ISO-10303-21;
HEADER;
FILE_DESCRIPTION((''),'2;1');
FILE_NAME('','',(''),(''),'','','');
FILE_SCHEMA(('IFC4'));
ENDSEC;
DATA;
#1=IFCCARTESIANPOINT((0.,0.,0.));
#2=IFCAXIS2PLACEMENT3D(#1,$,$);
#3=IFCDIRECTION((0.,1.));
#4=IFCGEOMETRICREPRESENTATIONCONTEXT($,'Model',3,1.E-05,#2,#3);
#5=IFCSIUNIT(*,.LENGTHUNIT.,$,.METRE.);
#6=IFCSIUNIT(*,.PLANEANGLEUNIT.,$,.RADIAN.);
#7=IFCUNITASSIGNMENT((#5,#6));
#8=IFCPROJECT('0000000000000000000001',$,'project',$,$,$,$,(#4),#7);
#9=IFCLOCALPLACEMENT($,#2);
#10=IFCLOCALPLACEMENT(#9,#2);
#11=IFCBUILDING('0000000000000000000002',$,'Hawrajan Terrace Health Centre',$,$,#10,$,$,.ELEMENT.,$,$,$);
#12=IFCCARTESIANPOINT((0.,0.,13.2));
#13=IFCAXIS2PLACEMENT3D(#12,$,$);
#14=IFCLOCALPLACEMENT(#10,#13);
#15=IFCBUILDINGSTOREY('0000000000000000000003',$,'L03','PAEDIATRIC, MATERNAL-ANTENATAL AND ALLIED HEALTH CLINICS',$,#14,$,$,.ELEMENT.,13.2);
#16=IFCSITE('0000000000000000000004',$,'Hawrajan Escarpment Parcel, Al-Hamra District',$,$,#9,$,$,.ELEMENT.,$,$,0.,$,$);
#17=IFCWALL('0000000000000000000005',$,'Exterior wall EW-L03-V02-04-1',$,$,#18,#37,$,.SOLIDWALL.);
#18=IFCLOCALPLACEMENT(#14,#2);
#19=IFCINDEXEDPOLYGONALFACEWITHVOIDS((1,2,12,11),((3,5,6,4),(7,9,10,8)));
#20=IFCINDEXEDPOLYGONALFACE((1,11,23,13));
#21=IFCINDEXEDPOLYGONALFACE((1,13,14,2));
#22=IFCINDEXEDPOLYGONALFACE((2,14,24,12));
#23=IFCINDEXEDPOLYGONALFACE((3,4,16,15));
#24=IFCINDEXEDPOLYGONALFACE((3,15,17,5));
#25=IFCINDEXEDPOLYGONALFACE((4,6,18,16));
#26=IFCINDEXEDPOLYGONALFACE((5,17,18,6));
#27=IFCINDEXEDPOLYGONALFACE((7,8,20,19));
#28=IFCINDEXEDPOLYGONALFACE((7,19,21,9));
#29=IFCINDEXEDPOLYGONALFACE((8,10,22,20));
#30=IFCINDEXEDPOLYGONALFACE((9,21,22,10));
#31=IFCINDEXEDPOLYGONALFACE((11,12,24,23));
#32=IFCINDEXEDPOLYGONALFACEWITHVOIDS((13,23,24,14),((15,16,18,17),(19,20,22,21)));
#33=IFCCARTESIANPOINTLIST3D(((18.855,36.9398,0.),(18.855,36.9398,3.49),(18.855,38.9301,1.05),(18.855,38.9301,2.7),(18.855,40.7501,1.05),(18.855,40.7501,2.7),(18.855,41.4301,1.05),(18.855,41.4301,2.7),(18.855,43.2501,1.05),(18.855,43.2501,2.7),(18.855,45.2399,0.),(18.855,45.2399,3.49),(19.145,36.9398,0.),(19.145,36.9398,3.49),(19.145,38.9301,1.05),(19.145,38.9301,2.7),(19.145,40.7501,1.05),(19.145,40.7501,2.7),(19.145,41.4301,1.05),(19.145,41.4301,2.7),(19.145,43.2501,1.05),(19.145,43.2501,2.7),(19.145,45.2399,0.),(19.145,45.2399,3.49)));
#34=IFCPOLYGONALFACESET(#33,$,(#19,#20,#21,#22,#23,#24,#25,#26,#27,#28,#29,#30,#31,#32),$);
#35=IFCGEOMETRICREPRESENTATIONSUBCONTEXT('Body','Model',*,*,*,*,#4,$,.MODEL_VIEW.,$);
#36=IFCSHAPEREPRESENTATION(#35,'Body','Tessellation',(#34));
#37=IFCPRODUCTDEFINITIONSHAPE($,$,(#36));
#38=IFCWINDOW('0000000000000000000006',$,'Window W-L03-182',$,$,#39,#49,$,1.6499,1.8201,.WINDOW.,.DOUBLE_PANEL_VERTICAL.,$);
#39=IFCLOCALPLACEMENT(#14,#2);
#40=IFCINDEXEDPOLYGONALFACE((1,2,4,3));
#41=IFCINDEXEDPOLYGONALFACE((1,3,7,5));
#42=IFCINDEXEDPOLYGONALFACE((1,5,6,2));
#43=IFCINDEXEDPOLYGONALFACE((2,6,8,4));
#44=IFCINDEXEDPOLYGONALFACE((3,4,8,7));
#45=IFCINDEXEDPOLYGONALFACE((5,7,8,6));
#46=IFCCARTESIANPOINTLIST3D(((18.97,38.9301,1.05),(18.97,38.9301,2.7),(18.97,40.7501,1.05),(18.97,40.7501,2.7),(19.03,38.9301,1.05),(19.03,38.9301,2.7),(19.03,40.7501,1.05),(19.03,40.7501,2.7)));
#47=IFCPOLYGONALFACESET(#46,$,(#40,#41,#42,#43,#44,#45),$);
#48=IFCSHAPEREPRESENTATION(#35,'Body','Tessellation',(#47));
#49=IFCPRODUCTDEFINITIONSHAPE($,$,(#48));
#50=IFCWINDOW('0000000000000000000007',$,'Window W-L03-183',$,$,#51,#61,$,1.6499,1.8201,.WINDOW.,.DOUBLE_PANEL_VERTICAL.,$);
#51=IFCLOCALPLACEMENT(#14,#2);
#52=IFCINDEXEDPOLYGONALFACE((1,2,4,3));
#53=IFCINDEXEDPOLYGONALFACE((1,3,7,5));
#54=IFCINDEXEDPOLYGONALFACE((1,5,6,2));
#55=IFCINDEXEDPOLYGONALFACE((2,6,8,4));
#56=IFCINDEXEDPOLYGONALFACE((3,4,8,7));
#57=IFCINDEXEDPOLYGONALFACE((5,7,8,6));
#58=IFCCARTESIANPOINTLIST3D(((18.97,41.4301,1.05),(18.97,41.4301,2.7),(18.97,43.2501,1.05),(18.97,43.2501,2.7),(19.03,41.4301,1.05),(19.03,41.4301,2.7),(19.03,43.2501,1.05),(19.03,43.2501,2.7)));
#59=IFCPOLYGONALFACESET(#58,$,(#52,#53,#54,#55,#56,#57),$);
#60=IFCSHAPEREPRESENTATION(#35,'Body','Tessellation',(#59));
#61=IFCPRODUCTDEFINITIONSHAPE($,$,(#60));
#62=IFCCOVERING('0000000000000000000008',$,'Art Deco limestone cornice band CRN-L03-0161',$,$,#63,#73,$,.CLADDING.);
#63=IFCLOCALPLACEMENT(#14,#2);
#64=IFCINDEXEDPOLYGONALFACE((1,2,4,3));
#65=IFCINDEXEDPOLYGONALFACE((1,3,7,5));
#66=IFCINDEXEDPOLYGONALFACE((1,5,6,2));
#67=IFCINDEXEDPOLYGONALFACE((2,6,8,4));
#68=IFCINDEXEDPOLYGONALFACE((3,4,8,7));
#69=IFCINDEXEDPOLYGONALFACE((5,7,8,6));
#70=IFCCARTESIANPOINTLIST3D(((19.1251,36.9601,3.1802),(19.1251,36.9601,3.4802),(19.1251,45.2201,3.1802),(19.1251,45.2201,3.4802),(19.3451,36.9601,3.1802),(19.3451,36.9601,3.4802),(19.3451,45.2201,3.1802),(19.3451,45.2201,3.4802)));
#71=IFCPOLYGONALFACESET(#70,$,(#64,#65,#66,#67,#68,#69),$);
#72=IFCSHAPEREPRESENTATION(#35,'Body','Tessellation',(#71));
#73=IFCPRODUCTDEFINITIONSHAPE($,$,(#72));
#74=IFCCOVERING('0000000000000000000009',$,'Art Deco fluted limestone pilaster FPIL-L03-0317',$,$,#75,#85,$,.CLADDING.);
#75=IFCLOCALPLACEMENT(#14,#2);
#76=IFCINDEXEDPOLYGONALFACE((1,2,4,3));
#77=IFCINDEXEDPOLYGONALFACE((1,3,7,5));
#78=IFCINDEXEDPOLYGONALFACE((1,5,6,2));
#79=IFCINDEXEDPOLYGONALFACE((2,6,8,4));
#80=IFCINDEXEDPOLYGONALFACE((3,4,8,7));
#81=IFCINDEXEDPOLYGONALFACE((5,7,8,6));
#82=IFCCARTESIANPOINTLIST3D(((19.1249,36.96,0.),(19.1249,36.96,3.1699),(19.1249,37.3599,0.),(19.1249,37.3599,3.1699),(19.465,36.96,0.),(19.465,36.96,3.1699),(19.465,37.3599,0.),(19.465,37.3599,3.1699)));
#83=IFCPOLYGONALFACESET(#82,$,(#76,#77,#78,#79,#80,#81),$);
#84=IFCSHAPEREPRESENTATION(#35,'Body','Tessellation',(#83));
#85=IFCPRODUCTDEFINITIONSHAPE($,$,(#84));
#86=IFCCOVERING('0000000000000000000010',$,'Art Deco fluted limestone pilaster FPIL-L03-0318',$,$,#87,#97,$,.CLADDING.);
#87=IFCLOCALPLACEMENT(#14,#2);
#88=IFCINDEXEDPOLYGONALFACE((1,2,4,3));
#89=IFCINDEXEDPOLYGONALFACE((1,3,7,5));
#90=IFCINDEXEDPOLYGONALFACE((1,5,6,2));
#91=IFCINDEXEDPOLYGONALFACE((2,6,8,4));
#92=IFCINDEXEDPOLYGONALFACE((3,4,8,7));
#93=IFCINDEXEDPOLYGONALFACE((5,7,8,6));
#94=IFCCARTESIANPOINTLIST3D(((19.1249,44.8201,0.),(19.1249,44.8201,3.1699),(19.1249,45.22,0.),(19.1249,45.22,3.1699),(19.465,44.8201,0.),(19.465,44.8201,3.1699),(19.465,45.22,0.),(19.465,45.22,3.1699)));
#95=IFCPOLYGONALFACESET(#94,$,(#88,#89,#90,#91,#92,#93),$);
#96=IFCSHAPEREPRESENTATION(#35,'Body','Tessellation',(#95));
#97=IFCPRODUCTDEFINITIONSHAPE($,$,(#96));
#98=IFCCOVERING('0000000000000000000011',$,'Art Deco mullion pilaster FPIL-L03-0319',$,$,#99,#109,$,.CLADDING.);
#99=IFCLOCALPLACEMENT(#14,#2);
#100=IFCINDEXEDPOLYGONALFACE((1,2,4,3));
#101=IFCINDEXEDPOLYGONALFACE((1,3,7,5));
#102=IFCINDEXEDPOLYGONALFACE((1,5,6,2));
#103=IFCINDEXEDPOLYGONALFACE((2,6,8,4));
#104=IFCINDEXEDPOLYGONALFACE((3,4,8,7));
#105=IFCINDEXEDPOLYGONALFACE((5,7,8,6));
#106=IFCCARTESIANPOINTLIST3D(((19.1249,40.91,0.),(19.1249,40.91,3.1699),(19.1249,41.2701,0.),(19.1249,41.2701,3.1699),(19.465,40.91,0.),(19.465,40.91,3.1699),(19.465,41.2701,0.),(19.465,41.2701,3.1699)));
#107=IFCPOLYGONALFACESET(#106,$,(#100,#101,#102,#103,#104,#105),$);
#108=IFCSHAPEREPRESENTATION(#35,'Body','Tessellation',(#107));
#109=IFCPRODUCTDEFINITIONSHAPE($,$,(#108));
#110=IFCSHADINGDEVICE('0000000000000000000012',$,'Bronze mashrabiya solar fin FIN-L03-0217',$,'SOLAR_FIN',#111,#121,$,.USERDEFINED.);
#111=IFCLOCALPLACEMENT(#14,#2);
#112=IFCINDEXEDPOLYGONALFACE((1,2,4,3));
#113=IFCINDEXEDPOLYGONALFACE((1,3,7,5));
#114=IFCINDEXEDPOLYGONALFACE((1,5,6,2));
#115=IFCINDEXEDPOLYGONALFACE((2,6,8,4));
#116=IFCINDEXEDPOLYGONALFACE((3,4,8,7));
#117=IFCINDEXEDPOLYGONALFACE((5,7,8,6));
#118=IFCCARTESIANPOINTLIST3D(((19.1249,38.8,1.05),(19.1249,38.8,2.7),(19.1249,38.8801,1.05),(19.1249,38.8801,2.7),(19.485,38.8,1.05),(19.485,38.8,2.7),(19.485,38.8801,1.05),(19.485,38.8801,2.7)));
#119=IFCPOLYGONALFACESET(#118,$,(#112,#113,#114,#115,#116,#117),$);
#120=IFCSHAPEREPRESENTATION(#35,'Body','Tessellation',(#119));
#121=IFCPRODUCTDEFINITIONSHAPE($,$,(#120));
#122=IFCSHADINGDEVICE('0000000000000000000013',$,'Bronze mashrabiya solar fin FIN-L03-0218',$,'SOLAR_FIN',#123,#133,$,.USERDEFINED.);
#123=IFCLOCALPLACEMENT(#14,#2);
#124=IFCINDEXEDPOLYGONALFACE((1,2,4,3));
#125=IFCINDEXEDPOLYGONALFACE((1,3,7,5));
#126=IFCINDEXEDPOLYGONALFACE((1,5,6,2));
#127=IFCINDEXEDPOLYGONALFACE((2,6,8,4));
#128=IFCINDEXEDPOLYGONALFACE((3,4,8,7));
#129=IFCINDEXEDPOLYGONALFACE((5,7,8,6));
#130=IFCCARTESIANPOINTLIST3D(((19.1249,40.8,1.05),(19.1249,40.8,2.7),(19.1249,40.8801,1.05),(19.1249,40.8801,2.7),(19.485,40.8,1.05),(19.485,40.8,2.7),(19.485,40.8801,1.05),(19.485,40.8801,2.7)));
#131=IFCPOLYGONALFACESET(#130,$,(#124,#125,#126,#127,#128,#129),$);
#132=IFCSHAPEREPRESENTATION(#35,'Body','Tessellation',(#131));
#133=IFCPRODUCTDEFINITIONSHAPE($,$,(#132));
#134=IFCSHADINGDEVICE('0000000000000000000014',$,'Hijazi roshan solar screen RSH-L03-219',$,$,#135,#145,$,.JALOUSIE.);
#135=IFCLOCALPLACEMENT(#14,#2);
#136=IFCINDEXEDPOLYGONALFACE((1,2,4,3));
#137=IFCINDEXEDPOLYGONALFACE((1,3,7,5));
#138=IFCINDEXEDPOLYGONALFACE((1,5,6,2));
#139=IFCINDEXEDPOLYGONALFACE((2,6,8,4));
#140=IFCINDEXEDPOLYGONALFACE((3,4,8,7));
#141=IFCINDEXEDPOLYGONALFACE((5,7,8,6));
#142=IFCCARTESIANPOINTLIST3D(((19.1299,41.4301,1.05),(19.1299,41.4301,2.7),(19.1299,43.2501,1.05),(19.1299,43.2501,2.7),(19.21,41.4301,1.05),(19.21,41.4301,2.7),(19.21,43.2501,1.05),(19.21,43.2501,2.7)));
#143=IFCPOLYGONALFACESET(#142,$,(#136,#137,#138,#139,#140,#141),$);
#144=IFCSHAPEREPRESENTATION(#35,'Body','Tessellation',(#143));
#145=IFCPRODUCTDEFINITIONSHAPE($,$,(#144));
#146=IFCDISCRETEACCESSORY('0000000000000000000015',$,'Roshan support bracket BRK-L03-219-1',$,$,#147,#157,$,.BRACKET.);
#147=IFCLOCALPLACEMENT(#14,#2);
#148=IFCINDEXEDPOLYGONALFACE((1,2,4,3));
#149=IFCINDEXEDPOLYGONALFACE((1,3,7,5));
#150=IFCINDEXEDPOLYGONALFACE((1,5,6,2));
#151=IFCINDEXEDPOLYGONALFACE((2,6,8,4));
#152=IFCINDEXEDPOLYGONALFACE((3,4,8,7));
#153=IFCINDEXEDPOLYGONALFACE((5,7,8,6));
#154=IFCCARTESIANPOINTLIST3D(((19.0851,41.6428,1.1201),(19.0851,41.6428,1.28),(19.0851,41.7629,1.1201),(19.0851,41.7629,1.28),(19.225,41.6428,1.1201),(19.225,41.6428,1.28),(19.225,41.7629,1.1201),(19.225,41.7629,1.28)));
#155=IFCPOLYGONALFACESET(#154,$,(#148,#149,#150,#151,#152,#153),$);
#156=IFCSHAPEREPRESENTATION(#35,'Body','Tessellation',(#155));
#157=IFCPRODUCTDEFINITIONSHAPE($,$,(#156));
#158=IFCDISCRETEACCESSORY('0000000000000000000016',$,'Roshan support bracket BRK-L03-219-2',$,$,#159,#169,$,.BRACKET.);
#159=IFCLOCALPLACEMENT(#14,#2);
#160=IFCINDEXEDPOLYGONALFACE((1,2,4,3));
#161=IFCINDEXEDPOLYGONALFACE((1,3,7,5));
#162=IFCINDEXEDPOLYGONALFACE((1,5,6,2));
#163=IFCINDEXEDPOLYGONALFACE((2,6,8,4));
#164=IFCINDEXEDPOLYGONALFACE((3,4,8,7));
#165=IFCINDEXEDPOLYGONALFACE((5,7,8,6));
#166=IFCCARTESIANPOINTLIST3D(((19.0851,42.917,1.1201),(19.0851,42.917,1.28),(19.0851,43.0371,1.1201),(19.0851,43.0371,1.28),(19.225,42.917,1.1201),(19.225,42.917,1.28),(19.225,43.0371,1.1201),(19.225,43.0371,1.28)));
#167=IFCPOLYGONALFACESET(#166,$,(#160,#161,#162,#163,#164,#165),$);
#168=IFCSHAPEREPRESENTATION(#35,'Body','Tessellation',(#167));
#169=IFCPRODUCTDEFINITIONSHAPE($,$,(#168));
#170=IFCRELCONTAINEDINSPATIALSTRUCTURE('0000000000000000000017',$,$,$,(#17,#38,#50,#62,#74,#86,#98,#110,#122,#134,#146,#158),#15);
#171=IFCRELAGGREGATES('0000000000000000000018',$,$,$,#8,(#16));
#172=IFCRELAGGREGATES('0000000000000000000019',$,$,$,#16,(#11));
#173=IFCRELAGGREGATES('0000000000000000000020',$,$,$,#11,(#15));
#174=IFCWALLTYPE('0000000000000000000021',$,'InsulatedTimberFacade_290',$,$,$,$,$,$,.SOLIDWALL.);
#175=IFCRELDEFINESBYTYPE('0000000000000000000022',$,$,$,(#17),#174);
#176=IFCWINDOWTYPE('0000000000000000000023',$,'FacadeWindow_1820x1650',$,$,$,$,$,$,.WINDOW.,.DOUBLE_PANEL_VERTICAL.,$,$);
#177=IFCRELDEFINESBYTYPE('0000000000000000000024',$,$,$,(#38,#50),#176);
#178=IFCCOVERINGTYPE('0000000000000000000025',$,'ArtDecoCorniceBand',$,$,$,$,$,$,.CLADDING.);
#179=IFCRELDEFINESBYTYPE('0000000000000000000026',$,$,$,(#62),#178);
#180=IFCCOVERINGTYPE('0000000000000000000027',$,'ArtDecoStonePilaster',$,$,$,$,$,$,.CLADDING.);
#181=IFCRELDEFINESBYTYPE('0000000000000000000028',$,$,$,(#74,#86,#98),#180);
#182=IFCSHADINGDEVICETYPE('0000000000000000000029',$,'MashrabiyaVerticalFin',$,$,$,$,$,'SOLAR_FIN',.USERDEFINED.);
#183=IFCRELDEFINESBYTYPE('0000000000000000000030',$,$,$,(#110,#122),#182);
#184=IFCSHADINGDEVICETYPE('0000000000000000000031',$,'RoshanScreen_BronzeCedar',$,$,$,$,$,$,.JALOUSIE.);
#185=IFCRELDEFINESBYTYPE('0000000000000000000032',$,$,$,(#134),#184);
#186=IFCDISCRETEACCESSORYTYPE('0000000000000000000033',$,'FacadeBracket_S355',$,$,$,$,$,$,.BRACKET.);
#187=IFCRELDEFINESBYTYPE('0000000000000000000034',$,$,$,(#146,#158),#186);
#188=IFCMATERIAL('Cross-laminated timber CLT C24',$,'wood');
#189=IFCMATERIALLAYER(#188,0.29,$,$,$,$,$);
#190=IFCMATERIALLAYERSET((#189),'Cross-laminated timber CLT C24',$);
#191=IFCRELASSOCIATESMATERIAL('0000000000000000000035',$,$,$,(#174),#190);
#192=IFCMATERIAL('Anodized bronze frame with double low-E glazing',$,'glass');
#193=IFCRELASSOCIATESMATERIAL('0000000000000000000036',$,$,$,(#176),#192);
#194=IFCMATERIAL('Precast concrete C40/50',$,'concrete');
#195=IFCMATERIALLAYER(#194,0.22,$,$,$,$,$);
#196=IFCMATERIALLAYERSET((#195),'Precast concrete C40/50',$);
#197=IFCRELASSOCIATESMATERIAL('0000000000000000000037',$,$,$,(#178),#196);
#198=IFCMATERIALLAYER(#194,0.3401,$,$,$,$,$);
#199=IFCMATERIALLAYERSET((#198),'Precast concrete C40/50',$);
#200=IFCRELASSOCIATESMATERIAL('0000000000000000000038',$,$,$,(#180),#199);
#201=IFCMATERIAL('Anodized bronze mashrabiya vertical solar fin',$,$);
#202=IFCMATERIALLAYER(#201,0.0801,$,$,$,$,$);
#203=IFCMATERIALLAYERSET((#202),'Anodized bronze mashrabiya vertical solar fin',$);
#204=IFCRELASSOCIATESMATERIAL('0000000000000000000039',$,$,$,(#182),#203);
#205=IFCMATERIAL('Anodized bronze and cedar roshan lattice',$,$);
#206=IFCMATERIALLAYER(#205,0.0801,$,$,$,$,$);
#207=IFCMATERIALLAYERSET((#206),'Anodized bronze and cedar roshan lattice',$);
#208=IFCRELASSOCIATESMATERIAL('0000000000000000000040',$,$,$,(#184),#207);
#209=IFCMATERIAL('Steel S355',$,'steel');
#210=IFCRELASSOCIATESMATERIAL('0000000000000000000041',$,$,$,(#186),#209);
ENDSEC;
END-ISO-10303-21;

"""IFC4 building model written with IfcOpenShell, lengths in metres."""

from ifc_helpers import new_model, si_unit, direction, frame, frame_2d, origin, origin_2d, place, context, subcontext, project, spatial, rectangle, extrude, material, layer, layer_set, type_object, element, fill, save


model = new_model("IFC4")

# Units and contexts
model_context = context("Model", 3, precision=1e-05, world=origin(), true_north=direction((0.0, 1.0)))
body_context = subcontext(model_context, "Body", "Model", "MODEL_VIEW")
ifc_project = project(units=[si_unit("LENGTHUNIT", "METRE"), si_unit("PLANEANGLEUNIT", "RADIAN")], contexts=[model_context])

# Site, building, storey
site_placement = place(None, origin())
site = spatial("IfcSite", under=ifc_project, at=site_placement, Name="Hawrajan Escarpment Parcel, Al-Hamra District", CompositionType="ELEMENT", RefElevation=0.0)
building_placement = place(site_placement, origin())
building = spatial("IfcBuilding", under=site, at=building_placement, Name="Hawrajan Terrace Health Centre", CompositionType="ELEMENT")
storey_placement = place(building_placement, frame((0.0, 0.0, 13.2)))
storey = spatial("IfcBuildingStorey", under=building, at=storey_placement, Name="L03", Description="PAEDIATRIC, MATERNAL-ANTENATAL AND ALLIED HEALTH CLINICS", CompositionType="ELEMENT", Elevation=13.2)

# Wall, openings, windows
ifc_material_1 = material(Name="Cross-laminated timber CLT C24", Category="wood")
ifc_layer_1 = layer(ifc_material_1, 0.29)
ifc_layer_set_1 = layer_set([ifc_layer_1], Name="Cross-laminated timber CLT C24")
wall_type_1 = type_object("IfcWallType", Name="InsulatedTimberFacade_290", PredefinedType="SOLIDWALL", material=ifc_layer_set_1)
wall_1_placement = place(storey_placement, frame((19.0, 36.9399, 0.0), z_axis=(0.0, 0.0, 1.0), x_axis=(0.0, 1.0, 0.0)))
wall_1 = element("IfcWall", 1, at=wall_1_placement, inside=storey, type_object=wall_type_1, Name="Exterior wall EW-L03-V02-04-1", PredefinedType="SOLIDWALL", context=body_context, shape_type="SweptSolid", body=[
    extrude(rectangle(XDim=8.3, YDim=0.29, at=frame_2d((4.1499, 0.0))), origin(), (0.0, 0.0, 1.0), 3.49),
])
opening_1_placement = place(wall_1_placement, frame((1.99, 0.0, 1.05)))
opening_1 = element("IfcOpeningElement", 2, at=opening_1_placement, cuts=wall_1, PredefinedType="OPENING", context=body_context, shape_type="SweptSolid", body=[
    extrude(rectangle(XDim=1.8201, YDim=1.6499, at=frame_2d((0.9102, 0.825))), frame((0.0, 0.155, 0.0), z_axis=(0.0, -1.0, 0.0), x_axis=(1.0, 0.0, 0.0)), (0.0, 0.0, 1.0), 0.3101),
])
opening_2_placement = place(wall_1_placement, frame((4.49, 0.0, 1.05)))
opening_2 = element("IfcOpeningElement", 3, at=opening_2_placement, cuts=wall_1, PredefinedType="OPENING", context=body_context, shape_type="SweptSolid", body=[
    extrude(rectangle(XDim=1.8201, YDim=1.6499, at=frame_2d((0.9102, 0.825))), frame((0.0, 0.155, 0.0), z_axis=(0.0, -1.0, 0.0), x_axis=(1.0, 0.0, 0.0)), (0.0, 0.0, 1.0), 0.3101),
])
ifc_material_2 = material(Name="Anodized bronze frame with double low-E glazing", Category="glass")
window_type = type_object("IfcWindowType", Name="FacadeWindow_1820x1650", PartitioningType="DOUBLE_PANEL_VERTICAL", PredefinedType="WINDOW", material=ifc_material_2)
window_1_placement = place(opening_1_placement, origin())
window_1 = element("IfcWindow", 4, at=window_1_placement, inside=storey, type_object=window_type, Name="Window W-L03-182", OverallHeight=1.6499, OverallWidth=1.8201, PartitioningType="DOUBLE_PANEL_VERTICAL", PredefinedType="WINDOW", context=body_context, shape_type="SweptSolid", body=[
    extrude(rectangle(XDim=1.8201, YDim=1.6499, at=frame_2d((0.9102, 0.825))), frame((0.0, 0.03, 0.0), z_axis=(0.0, -1.0, 0.0), x_axis=(1.0, 0.0, 0.0)), (0.0, 0.0, 1.0), 0.0601),
])
fill(opening_1, window_1)
window_2_placement = place(opening_2_placement, origin())
window_2 = element("IfcWindow", 5, at=window_2_placement, inside=storey, type_object=window_type, Name="Window W-L03-183", OverallHeight=1.6499, OverallWidth=1.8201, PartitioningType="DOUBLE_PANEL_VERTICAL", PredefinedType="WINDOW", context=body_context, shape_type="SweptSolid", body=[
    extrude(rectangle(XDim=1.8201, YDim=1.6499, at=frame_2d((0.9102, 0.825))), frame((0.0, 0.03, 0.0), z_axis=(0.0, -1.0, 0.0), x_axis=(1.0, 0.0, 0.0)), (0.0, 0.0, 1.0), 0.0601),
])
fill(opening_2, window_2)

# Coverings
ifc_material_3 = material(Name="Precast concrete C40/50", Category="concrete")
ifc_layer_2 = layer(ifc_material_3, 0.22)
ifc_layer_set_2 = layer_set([ifc_layer_2], Name="Precast concrete C40/50")
covering_type_1 = type_object("IfcCoveringType", Name="ArtDecoCorniceBand", PredefinedType="CLADDING", material=ifc_layer_set_2)
covering_1_placement = place(storey_placement, frame((19.2351, 41.0901, 3.1802), z_axis=(0.0, 0.0, 1.0), x_axis=(0.0, 1.0, 0.0)))
element("IfcCovering", 6, at=covering_1_placement, inside=storey, type_object=covering_type_1, Name="Art Deco limestone cornice band CRN-L03-0161", PredefinedType="CLADDING", context=body_context, shape_type="SweptSolid", body=[
    extrude(rectangle(XDim=8.26, YDim=0.22, at=origin_2d()), origin(), (0.0, 0.0, 1.0), 0.3),
])
ifc_layer_3 = layer(ifc_material_3, 0.3401)
ifc_layer_set_3 = layer_set([ifc_layer_3], Name="Precast concrete C40/50")
covering_type_2 = type_object("IfcCoveringType", Name="ArtDecoStonePilaster", PredefinedType="CLADDING", material=ifc_layer_set_3)
for number, where, z_axis, x_axis, name in (
    (7, (19.2949, 37.1599, 0.0), (0.0, 0.0, 1.0), (0.0, 1.0, 0.0), "Art Deco fluted limestone pilaster FPIL-L03-0317"),
    (8, (19.2949, 45.02, 0.0), (0.0, 0.0, 1.0), (0.0, 1.0, 0.0), "Art Deco fluted limestone pilaster FPIL-L03-0318"),
):
    element("IfcCovering", number, at=place(storey_placement, frame(where, z_axis=z_axis, x_axis=x_axis)), inside=storey, type_object=covering_type_2, Name=name, PredefinedType="CLADDING", context=body_context, shape_type="SweptSolid", body=[
        extrude(rectangle(XDim=0.3999, YDim=0.3401, at=origin_2d()), origin(), (0.0, 0.0, 1.0), 3.1699),
    ])
covering_2_placement = place(storey_placement, frame((19.2949, 41.0901, 0.0), z_axis=(0.0, 0.0, 1.0), x_axis=(0.0, 1.0, 0.0)))
element("IfcCovering", 9, at=covering_2_placement, inside=storey, type_object=covering_type_2, Name="Art Deco mullion pilaster FPIL-L03-0319", PredefinedType="CLADDING", context=body_context, shape_type="SweptSolid", body=[
    extrude(rectangle(XDim=0.3601, YDim=0.3401, at=origin_2d()), origin(), (0.0, 0.0, 1.0), 3.1699),
])

# Shading devices
ifc_material_4 = material(Name="Anodized bronze mashrabiya vertical solar fin")
ifc_layer_4 = layer(ifc_material_4, 0.0801)
ifc_layer_set_4 = layer_set([ifc_layer_4], Name="Anodized bronze mashrabiya vertical solar fin")
shading_device_type_1 = type_object("IfcShadingDeviceType", Name="MashrabiyaVerticalFin", ElementType="SOLAR_FIN", PredefinedType="USERDEFINED", material=ifc_layer_set_4)
for number, where, z_axis, x_axis, name in (
    (10, (19.3049, 38.8401, 1.05), (0.0, 0.0, 1.0), (0.0, 1.0, 0.0), "Bronze mashrabiya solar fin FIN-L03-0217"),
    (11, (19.3049, 40.8401, 1.05), (0.0, 0.0, 1.0), (0.0, 1.0, 0.0), "Bronze mashrabiya solar fin FIN-L03-0218"),
):
    element("IfcShadingDevice", number, at=place(storey_placement, frame(where, z_axis=z_axis, x_axis=x_axis)), inside=storey, type_object=shading_device_type_1, Name=name, ObjectType="SOLAR_FIN", PredefinedType="USERDEFINED", context=body_context, shape_type="SweptSolid", body=[
        extrude(rectangle(XDim=0.0801, YDim=0.3601, at=origin_2d()), origin(), (0.0, 0.0, 1.0), 1.6499),
    ])
ifc_material_5 = material(Name="Anodized bronze and cedar roshan lattice")
ifc_layer_5 = layer(ifc_material_5, 0.0801)
ifc_layer_set_5 = layer_set([ifc_layer_5], Name="Anodized bronze and cedar roshan lattice")
shading_device_type_2 = type_object("IfcShadingDeviceType", Name="RoshanScreen_BronzeCedar", PredefinedType="JALOUSIE", material=ifc_layer_set_5)
shading_device_placement = place(storey_placement, frame((19.1699, 42.3401, 1.05), z_axis=(0.0, 0.0, 1.0), x_axis=(0.0, 1.0, 0.0)))
element("IfcShadingDevice", 12, at=shading_device_placement, inside=storey, type_object=shading_device_type_2, Name="Hijazi roshan solar screen RSH-L03-219", PredefinedType="JALOUSIE", context=body_context, shape_type="SweptSolid", body=[
    extrude(rectangle(XDim=1.8201, YDim=0.0801, at=origin_2d()), origin(), (0.0, 0.0, 1.0), 1.6499),
])

# Discrete accessories
ifc_material_6 = material(Name="Steel S355", Category="steel")
discrete_accessory_type = type_object("IfcDiscreteAccessoryType", Name="FacadeBracket_S355", PredefinedType="BRACKET", material=ifc_material_6)
for number, where, z_axis, x_axis, name in (
    (13, (19.155, 41.7029, 1.1201), (0.0, 0.0, 1.0), (0.0, 1.0, 0.0), "Roshan support bracket BRK-L03-219-1"),
    (14, (19.155, 42.9771, 1.1201), (0.0, 0.0, 1.0), (0.0, 1.0, 0.0), "Roshan support bracket BRK-L03-219-2"),
):
    element("IfcDiscreteAccessory", number, at=place(storey_placement, frame(where, z_axis=z_axis, x_axis=x_axis)), inside=storey, type_object=discrete_accessory_type, Name=name, PredefinedType="BRACKET", context=body_context, shape_type="SweptSolid", body=[
        extrude(rectangle(XDim=0.1201, YDim=0.1399, at=origin_2d()), origin(), (0.0, 0.0, 1.0), 0.1599),
    ])

save(model, "model.ifc")
